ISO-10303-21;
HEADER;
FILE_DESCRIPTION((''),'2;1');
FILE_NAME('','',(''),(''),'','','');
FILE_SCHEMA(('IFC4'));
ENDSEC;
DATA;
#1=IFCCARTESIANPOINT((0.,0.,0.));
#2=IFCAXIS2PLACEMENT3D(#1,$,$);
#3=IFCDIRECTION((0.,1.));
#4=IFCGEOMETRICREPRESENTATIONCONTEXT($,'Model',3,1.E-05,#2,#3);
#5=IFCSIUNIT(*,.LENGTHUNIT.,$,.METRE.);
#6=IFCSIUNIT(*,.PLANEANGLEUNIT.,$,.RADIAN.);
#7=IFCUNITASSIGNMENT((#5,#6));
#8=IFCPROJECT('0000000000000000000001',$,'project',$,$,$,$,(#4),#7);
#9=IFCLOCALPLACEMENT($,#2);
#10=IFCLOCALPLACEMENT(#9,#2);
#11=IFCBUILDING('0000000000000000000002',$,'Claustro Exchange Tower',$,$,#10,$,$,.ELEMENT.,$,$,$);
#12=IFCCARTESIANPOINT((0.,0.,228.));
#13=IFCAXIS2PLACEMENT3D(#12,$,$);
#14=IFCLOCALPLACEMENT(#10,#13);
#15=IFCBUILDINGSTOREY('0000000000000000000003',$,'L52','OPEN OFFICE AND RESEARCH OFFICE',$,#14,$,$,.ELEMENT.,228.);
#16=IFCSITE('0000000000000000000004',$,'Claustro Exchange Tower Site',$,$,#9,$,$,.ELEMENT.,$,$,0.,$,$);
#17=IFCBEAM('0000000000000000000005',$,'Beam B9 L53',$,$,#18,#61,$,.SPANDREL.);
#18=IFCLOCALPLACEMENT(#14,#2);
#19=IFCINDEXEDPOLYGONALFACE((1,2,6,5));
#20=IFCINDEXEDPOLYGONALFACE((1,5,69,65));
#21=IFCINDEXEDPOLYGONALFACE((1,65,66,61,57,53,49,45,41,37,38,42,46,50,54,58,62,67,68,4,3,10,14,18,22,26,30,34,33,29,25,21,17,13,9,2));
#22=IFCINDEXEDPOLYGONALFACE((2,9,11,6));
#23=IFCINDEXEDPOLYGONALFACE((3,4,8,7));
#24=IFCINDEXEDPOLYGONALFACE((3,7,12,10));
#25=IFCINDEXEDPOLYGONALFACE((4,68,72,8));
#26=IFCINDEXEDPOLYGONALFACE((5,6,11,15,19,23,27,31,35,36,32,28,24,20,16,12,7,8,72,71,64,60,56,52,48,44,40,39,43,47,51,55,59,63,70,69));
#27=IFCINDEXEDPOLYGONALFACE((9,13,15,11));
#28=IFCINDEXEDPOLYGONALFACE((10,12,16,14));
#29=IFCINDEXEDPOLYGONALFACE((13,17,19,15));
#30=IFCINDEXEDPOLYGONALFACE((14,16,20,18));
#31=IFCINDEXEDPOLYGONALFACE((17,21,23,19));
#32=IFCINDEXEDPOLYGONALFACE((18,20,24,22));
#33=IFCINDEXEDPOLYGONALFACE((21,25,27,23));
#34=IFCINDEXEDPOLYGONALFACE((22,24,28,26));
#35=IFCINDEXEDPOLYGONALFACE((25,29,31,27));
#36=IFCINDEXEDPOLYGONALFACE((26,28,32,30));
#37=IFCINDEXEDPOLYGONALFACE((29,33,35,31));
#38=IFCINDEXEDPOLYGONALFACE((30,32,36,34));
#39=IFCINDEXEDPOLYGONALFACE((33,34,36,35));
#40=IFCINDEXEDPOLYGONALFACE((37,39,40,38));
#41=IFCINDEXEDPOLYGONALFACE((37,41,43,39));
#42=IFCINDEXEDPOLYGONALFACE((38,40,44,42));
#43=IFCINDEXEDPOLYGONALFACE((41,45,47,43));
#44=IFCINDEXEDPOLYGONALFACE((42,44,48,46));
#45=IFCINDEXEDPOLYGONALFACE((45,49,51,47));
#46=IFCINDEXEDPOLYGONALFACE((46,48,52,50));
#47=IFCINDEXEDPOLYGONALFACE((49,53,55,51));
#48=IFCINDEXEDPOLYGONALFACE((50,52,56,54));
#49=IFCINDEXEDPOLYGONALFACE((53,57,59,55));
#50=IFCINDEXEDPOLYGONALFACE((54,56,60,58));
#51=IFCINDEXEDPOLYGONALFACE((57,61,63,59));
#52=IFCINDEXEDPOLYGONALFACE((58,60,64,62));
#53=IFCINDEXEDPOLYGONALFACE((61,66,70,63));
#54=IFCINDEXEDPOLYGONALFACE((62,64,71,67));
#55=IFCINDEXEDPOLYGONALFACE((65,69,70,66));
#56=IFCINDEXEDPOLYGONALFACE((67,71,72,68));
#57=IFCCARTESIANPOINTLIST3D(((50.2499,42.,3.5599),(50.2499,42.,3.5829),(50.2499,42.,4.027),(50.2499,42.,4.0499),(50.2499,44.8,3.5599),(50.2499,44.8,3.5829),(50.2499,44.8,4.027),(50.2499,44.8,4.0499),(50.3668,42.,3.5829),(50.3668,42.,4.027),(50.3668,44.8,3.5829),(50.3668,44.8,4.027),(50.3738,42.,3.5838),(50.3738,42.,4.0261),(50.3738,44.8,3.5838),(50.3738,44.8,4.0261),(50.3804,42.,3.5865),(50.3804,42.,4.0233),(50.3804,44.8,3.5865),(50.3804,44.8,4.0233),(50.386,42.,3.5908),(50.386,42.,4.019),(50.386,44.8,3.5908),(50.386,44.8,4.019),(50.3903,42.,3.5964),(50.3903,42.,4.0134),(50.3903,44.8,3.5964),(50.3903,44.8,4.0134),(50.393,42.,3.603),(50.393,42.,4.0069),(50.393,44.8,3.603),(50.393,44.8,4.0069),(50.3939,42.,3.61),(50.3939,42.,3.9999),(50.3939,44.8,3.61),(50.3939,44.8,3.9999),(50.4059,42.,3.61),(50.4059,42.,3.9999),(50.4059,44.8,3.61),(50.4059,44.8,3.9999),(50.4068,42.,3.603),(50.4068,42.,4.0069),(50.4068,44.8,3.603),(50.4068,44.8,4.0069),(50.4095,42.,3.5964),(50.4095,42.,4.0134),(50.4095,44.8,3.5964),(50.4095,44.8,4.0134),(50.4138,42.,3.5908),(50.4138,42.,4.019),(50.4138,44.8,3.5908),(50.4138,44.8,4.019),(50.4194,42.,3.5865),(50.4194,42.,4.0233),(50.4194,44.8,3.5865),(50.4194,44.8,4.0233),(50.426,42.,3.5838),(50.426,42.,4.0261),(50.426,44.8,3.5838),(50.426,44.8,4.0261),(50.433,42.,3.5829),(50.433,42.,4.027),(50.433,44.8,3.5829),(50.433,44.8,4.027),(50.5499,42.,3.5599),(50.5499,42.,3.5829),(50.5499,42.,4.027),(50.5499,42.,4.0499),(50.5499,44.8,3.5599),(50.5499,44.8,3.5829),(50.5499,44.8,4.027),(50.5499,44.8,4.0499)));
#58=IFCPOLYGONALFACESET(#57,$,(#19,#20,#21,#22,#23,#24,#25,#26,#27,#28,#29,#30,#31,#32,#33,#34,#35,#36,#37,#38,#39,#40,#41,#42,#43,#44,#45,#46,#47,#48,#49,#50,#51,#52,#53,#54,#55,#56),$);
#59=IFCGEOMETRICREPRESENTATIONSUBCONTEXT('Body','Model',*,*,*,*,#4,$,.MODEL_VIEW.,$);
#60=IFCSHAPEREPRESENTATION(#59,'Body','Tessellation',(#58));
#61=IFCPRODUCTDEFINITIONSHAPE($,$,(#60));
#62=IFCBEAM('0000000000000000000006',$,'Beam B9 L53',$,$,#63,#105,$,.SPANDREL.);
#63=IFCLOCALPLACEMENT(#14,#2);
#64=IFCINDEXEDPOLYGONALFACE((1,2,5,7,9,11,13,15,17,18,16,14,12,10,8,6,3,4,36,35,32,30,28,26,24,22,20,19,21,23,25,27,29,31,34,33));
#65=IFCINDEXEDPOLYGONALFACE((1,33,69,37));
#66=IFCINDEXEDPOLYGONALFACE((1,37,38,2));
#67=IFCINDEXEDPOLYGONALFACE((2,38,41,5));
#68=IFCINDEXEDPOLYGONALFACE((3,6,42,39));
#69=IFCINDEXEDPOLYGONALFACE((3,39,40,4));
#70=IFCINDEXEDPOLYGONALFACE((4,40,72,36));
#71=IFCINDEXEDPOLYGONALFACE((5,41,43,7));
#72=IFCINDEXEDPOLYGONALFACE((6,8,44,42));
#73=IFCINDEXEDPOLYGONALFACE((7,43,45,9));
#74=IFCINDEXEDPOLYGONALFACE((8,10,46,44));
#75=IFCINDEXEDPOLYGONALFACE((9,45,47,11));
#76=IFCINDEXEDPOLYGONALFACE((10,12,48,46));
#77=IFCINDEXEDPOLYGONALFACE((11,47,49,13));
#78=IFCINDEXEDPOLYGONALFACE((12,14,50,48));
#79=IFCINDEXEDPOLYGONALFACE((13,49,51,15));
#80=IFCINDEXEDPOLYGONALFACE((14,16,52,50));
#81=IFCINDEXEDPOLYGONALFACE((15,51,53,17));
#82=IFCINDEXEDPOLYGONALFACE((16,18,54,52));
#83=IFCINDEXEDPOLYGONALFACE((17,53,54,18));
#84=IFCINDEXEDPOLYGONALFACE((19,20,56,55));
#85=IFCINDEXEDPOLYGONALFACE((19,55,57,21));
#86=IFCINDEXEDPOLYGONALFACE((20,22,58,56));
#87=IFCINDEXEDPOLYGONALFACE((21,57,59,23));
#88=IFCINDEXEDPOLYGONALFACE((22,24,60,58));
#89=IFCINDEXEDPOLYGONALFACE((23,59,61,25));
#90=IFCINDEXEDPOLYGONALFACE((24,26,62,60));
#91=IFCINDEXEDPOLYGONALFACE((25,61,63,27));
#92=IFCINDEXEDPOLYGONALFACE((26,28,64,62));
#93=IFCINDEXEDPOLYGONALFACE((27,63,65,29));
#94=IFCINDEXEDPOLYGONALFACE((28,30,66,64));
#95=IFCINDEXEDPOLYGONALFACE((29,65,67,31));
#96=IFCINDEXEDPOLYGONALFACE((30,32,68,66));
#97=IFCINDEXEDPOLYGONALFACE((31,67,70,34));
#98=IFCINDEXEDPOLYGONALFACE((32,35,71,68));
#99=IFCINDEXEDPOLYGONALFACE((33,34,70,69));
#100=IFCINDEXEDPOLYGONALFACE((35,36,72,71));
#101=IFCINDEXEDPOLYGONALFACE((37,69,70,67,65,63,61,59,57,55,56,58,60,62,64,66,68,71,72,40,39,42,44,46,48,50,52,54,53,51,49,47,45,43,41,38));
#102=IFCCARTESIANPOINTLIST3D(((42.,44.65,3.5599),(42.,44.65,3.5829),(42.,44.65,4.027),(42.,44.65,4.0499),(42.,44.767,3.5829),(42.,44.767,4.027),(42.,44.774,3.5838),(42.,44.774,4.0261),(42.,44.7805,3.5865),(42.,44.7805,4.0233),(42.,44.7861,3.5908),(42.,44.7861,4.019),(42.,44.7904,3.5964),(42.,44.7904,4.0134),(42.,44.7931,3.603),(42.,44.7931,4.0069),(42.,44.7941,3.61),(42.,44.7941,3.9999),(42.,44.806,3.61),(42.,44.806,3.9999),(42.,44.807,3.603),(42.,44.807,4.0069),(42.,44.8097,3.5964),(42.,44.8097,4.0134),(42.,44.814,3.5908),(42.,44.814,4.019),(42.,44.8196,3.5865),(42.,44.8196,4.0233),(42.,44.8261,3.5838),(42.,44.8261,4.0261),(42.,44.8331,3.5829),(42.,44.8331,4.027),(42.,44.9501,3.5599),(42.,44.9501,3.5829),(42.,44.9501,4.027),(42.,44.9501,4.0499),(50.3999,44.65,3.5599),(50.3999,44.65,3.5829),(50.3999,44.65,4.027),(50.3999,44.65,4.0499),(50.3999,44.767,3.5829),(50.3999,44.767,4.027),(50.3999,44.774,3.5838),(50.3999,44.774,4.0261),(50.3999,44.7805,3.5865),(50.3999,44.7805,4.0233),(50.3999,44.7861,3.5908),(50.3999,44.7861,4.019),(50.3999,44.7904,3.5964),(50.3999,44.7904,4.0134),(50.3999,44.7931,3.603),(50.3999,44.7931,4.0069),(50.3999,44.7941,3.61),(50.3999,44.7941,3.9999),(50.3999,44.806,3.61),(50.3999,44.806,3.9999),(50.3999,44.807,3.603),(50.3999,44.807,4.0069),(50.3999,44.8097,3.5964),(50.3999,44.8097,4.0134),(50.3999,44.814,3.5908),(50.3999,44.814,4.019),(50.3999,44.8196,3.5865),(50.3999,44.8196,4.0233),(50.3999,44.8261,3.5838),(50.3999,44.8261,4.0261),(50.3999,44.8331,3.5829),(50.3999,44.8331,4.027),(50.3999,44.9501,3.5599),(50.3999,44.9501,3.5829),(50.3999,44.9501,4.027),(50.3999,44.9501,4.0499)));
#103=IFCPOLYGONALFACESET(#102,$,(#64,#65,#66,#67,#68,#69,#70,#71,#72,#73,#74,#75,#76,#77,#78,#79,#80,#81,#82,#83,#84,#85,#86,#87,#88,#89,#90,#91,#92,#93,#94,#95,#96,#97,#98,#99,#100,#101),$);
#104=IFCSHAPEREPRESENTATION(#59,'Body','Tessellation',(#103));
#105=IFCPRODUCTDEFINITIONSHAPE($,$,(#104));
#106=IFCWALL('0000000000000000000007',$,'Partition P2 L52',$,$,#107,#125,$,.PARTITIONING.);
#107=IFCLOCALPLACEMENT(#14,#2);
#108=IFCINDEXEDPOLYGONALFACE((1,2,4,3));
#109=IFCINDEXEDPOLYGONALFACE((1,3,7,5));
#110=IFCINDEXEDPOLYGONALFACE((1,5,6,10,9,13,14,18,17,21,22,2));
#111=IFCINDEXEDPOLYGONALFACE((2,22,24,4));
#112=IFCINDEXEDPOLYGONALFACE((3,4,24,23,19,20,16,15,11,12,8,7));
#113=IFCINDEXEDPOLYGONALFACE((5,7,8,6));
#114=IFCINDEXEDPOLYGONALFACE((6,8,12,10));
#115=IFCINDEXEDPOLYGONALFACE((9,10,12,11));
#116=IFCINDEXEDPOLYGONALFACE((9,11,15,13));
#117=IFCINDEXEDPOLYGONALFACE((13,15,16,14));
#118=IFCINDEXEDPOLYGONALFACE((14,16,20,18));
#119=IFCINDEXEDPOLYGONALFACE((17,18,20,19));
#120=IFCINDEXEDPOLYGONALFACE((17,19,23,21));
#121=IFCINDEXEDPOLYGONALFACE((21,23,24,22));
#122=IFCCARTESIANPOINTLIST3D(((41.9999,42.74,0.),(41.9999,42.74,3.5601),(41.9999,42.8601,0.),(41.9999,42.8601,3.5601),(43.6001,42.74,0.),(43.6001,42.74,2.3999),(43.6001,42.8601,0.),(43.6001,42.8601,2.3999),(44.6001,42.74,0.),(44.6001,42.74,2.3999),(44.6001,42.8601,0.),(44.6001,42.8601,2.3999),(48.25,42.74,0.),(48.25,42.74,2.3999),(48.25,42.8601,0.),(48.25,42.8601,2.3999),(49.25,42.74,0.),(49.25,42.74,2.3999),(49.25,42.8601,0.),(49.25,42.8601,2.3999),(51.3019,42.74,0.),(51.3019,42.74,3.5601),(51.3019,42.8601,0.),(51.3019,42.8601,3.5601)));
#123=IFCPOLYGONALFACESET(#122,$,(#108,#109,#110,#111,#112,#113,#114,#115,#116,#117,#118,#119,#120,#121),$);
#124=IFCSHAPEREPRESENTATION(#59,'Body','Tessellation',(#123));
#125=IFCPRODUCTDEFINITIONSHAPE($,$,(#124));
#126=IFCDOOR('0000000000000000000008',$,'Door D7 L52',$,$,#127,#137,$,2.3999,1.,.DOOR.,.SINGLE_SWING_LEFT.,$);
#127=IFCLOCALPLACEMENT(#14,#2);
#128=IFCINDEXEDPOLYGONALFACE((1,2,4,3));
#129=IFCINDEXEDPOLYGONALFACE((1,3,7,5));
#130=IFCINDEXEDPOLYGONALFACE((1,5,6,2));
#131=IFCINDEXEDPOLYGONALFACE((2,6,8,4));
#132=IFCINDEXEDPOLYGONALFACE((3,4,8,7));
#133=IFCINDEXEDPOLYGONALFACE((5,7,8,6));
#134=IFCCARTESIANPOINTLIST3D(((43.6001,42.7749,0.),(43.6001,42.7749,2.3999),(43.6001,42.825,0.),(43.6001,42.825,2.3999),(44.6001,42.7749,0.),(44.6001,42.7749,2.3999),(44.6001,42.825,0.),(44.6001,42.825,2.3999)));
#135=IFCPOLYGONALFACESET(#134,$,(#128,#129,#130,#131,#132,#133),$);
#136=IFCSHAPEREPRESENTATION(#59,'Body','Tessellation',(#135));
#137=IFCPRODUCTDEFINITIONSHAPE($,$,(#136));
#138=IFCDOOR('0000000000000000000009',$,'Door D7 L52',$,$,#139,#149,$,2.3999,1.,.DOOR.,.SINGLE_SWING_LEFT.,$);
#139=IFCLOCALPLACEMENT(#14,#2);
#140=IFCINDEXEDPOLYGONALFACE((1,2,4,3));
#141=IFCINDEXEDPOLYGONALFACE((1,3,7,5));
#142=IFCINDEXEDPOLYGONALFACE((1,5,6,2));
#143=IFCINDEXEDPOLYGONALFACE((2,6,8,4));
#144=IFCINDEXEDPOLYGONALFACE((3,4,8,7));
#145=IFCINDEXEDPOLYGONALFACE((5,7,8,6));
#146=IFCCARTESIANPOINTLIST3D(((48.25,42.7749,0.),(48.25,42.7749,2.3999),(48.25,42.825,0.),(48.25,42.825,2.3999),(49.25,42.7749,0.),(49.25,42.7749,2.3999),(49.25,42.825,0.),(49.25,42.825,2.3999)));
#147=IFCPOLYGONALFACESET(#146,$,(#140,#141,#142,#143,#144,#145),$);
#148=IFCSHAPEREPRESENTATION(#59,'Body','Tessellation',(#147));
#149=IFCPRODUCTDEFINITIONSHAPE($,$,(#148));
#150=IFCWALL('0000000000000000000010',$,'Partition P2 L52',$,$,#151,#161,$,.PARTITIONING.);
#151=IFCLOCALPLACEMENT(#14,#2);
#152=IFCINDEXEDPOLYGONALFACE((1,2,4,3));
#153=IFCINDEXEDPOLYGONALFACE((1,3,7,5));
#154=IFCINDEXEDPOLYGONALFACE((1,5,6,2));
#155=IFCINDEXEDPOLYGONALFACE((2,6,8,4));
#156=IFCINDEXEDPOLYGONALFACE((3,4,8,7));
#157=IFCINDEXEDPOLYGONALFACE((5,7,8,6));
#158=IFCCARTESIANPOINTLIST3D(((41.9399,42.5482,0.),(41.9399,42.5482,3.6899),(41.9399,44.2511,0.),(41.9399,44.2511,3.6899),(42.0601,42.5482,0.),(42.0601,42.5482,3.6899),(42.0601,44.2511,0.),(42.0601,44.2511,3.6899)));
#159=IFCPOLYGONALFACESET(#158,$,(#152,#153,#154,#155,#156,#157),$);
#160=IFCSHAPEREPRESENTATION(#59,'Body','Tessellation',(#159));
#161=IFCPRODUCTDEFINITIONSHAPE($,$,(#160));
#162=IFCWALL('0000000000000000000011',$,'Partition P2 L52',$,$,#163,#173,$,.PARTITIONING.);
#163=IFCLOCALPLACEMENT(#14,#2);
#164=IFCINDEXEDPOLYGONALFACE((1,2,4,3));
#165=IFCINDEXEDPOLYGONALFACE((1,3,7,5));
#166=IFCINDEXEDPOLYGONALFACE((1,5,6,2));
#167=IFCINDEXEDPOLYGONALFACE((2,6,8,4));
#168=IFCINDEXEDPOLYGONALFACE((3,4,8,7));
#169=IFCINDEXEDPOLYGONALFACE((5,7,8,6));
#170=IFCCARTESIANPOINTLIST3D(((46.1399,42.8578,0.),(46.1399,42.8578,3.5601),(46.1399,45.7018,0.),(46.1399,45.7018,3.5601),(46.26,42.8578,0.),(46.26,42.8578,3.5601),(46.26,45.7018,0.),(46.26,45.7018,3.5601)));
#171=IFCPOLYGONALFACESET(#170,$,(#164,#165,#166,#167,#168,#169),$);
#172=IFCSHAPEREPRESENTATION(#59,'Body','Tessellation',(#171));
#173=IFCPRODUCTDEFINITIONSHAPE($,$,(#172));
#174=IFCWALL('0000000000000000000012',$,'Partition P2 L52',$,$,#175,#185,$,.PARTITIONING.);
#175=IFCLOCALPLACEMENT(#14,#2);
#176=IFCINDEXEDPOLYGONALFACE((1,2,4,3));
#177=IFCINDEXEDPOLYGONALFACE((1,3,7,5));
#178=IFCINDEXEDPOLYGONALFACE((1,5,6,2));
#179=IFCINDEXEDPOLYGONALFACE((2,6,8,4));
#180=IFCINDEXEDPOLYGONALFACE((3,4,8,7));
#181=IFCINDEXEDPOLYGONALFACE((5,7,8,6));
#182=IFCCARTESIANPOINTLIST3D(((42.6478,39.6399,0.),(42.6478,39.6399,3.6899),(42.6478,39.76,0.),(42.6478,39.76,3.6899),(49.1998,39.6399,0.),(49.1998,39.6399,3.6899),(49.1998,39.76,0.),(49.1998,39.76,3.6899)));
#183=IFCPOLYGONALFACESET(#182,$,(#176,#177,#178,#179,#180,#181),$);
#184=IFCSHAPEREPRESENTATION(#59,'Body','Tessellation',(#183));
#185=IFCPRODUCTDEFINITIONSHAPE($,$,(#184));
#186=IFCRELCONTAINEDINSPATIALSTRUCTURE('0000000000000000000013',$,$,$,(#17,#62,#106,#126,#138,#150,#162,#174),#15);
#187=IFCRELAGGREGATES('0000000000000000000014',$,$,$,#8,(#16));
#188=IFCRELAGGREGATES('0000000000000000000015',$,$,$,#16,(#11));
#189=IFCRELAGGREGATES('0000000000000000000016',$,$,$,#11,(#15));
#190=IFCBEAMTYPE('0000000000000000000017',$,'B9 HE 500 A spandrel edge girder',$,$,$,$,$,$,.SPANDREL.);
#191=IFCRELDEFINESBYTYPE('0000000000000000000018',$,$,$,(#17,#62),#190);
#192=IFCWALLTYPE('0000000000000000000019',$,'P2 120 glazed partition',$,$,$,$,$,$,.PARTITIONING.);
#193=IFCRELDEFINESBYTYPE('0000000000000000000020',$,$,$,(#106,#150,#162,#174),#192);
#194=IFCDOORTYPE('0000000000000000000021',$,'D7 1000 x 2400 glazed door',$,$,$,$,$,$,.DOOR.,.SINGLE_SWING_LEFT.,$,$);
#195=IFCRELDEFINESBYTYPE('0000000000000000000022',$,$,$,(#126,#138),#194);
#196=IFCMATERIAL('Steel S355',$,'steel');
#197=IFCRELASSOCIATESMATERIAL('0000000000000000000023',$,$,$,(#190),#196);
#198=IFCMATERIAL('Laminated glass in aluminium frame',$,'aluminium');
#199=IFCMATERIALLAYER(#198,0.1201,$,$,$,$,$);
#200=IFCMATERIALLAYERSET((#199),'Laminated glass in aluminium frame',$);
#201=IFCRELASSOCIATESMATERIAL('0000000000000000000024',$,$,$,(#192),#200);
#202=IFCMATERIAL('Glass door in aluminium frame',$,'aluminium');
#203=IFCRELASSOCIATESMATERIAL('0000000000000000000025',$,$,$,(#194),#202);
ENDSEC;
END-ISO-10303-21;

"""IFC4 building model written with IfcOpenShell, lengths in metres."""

from ifc_helpers import new_model, si_unit, direction, frame, frame_2d, origin, origin_2d, place, context, subcontext, project, spatial, rectangle, i_section, extrude, material, layer, layer_set, material_profile, profile_set, type_object, element, fill, save


model = new_model("IFC4")

# Units and contexts
model_context = context("Model", 3, precision=1e-05, world=origin(), true_north=direction((0.0, 1.0)))
body_context = subcontext(model_context, "Body", "Model", "MODEL_VIEW")
ifc_project = project(units=[si_unit("LENGTHUNIT", "METRE"), si_unit("PLANEANGLEUNIT", "RADIAN")], contexts=[model_context])

# Site, building, storey
site_placement = place(None, origin())
site = spatial("IfcSite", under=ifc_project, at=site_placement, Name="Claustro Exchange Tower Site", CompositionType="ELEMENT", RefElevation=0.0)
building_placement = place(site_placement, origin())
building = spatial("IfcBuilding", under=site, at=building_placement, Name="Claustro Exchange Tower", CompositionType="ELEMENT")
storey_placement = place(building_placement, frame((0.0, 0.0, 228.0)))
storey = spatial("IfcBuildingStorey", under=building, at=storey_placement, Name="L52", Description="OPEN OFFICE AND RESEARCH OFFICE", CompositionType="ELEMENT", Elevation=228.0)

# Beams
ifc_material_1 = material(Name="Steel S355", Category="steel")
ifc_material_profile_1 = material_profile(ifc_material_1, i_section(OverallWidth=0.3, OverallDepth=0.49, WebThickness=0.012, FlangeThickness=0.0229, FilletRadius=0.0271, at=origin_2d()), Name="HE 500 A")
ifc_profile_set_1 = profile_set([ifc_material_profile_1], Name="Steel S355")
beam_type_1 = type_object("IfcBeamType", Name="B9 HE 500 A spandrel edge girder", PredefinedType="SPANDREL", material=ifc_profile_set_1)
beam_1_placement = place(storey_placement, frame((50.3999, 42.0, 3.8049), z_axis=(0.0, 1.0, 0.0), x_axis=(-1.0, 0.0, 0.0)))
element("IfcBeam", 1, at=beam_1_placement, inside=storey, type_object=beam_type_1, Name="Beam B9 L53", PredefinedType="SPANDREL", context=body_context, shape_type="SweptSolid", body=[
    extrude(i_section(OverallWidth=0.3, OverallDepth=0.49, WebThickness=0.012, FlangeThickness=0.0229, FilletRadius=0.0271, at=origin_2d()), origin(), (0.0, 0.0, 1.0), 2.8),
])
beam_2_placement = place(storey_placement, frame((42.0, 44.8, 3.8049), z_axis=(1.0, 0.0, 0.0), x_axis=(0.0, 1.0, 0.0)))
element("IfcBeam", 2, at=beam_2_placement, inside=storey, type_object=beam_type_1, Name="Beam B9 L53", PredefinedType="SPANDREL", context=body_context, shape_type="SweptSolid", body=[
    extrude(i_section(OverallWidth=0.3, OverallDepth=0.49, WebThickness=0.012, FlangeThickness=0.0229, FilletRadius=0.0271, at=origin_2d()), origin(), (0.0, 0.0, 1.0), 8.3999),
])

# Wall, openings, doors
ifc_material_2 = material(Name="Laminated glass in aluminium frame", Category="aluminium")
ifc_layer_1 = layer(ifc_material_2, 0.1201)
ifc_layer_set_1 = layer_set([ifc_layer_1], Name="Laminated glass in aluminium frame")
wall_type_1 = type_object("IfcWallType", Name="P2 120 glazed partition", PredefinedType="PARTITIONING", material=ifc_layer_set_1)
wall_1_placement = place(storey_placement, frame((42.0, 42.8, 0.0), z_axis=(0.0, 0.0, 1.0), x_axis=(1.0, 0.0, 0.0)))
wall_1 = element("IfcWall", 3, at=wall_1_placement, inside=storey, type_object=wall_type_1, Name="Partition P2 L52", PredefinedType="PARTITIONING", context=body_context, shape_type="SweptSolid", body=[
    extrude(rectangle(XDim=9.302, YDim=0.1201, at=frame_2d((4.6509, 0.0))), origin(), (0.0, 0.0, 1.0), 3.5601),
])
opening_1_placement = place(wall_1_placement, frame((1.6001, 0.0, 0.0)))
opening_1 = element("IfcOpeningElement", 4, at=opening_1_placement, cuts=wall_1, PredefinedType="OPENING", context=body_context, shape_type="SweptSolid", body=[
    extrude(rectangle(XDim=1.0, YDim=2.3999, at=frame_2d((0.5, 1.2))), frame((0.0, 0.0701, 0.0), z_axis=(0.0, -1.0, 0.0), x_axis=(1.0, 0.0, 0.0)), (0.0, 0.0, 1.0), 0.1401),
])
opening_2_placement = place(wall_1_placement, frame((6.25, 0.0, 0.0)))
opening_2 = element("IfcOpeningElement", 5, at=opening_2_placement, cuts=wall_1, PredefinedType="OPENING", context=body_context, shape_type="SweptSolid", body=[
    extrude(rectangle(XDim=1.0, YDim=2.3999, at=frame_2d((0.5, 1.2))), frame((0.0, 0.0701, 0.0), z_axis=(0.0, -1.0, 0.0), x_axis=(1.0, 0.0, 0.0)), (0.0, 0.0, 1.0), 0.1401),
])
ifc_material_3 = material(Name="Glass door in aluminium frame", Category="aluminium")
door_type = type_object("IfcDoorType", Name="D7 1000 x 2400 glazed door", OperationType="SINGLE_SWING_LEFT", PredefinedType="DOOR", material=ifc_material_3)
door_1_placement = place(opening_1_placement, origin())
door_1 = element("IfcDoor", 6, at=door_1_placement, inside=storey, type_object=door_type, Name="Door D7 L52", OperationType="SINGLE_SWING_LEFT", OverallHeight=2.3999, OverallWidth=1.0, PredefinedType="DOOR", context=body_context, shape_type="SweptSolid", body=[
    extrude(rectangle(XDim=1.0, YDim=2.3999, at=frame_2d((0.5, 1.2))), frame((0.0, 0.0249, 0.0), z_axis=(0.0, -1.0, 0.0), x_axis=(1.0, 0.0, 0.0)), (0.0, 0.0, 1.0), 0.05),
])
fill(opening_1, door_1)
door_2_placement = place(opening_2_placement, origin())
door_2 = element("IfcDoor", 7, at=door_2_placement, inside=storey, type_object=door_type, Name="Door D7 L52", OperationType="SINGLE_SWING_LEFT", OverallHeight=2.3999, OverallWidth=1.0, PredefinedType="DOOR", context=body_context, shape_type="SweptSolid", body=[
    extrude(rectangle(XDim=1.0, YDim=2.3999, at=frame_2d((0.5, 1.2))), frame((0.0, 0.0249, 0.0), z_axis=(0.0, -1.0, 0.0), x_axis=(1.0, 0.0, 0.0)), (0.0, 0.0, 1.0), 0.05),
])
fill(opening_2, door_2)

# Walls
wall_2_placement = place(storey_placement, frame((42.0, 42.5481, 0.0), z_axis=(0.0, 0.0, 1.0), x_axis=(0.0, 1.0, 0.0)))
element("IfcWall", 8, at=wall_2_placement, inside=storey, type_object=wall_type_1, Name="Partition P2 L52", PredefinedType="PARTITIONING", context=body_context, shape_type="SweptSolid", body=[
    extrude(rectangle(XDim=1.7029, YDim=0.1201, at=frame_2d((0.8516, 0.0))), origin(), (0.0, 0.0, 1.0), 3.6899),
])
wall_3_placement = place(storey_placement, frame((46.2, 42.8579, 0.0), z_axis=(0.0, 0.0, 1.0), x_axis=(0.0, 1.0, 0.0)))
element("IfcWall", 9, at=wall_3_placement, inside=storey, type_object=wall_type_1, Name="Partition P2 L52", PredefinedType="PARTITIONING", context=body_context, shape_type="SweptSolid", body=[
    extrude(rectangle(XDim=2.844, YDim=0.1201, at=frame_2d((1.4219, 0.0))), origin(), (0.0, 0.0, 1.0), 3.5601),
])
wall_4_placement = place(storey_placement, frame((42.6479, 39.7, 0.0), z_axis=(0.0, 0.0, 1.0), x_axis=(1.0, 0.0, 0.0)))
element("IfcWall", 10, at=wall_4_placement, inside=storey, type_object=wall_type_1, Name="Partition P2 L52", PredefinedType="PARTITIONING", context=body_context, shape_type="SweptSolid", body=[
    extrude(rectangle(XDim=6.552, YDim=0.1201, at=frame_2d((3.2759, 0.0))), origin(), (0.0, 0.0, 1.0), 3.6899),
])

save(model, "model.ifc")
